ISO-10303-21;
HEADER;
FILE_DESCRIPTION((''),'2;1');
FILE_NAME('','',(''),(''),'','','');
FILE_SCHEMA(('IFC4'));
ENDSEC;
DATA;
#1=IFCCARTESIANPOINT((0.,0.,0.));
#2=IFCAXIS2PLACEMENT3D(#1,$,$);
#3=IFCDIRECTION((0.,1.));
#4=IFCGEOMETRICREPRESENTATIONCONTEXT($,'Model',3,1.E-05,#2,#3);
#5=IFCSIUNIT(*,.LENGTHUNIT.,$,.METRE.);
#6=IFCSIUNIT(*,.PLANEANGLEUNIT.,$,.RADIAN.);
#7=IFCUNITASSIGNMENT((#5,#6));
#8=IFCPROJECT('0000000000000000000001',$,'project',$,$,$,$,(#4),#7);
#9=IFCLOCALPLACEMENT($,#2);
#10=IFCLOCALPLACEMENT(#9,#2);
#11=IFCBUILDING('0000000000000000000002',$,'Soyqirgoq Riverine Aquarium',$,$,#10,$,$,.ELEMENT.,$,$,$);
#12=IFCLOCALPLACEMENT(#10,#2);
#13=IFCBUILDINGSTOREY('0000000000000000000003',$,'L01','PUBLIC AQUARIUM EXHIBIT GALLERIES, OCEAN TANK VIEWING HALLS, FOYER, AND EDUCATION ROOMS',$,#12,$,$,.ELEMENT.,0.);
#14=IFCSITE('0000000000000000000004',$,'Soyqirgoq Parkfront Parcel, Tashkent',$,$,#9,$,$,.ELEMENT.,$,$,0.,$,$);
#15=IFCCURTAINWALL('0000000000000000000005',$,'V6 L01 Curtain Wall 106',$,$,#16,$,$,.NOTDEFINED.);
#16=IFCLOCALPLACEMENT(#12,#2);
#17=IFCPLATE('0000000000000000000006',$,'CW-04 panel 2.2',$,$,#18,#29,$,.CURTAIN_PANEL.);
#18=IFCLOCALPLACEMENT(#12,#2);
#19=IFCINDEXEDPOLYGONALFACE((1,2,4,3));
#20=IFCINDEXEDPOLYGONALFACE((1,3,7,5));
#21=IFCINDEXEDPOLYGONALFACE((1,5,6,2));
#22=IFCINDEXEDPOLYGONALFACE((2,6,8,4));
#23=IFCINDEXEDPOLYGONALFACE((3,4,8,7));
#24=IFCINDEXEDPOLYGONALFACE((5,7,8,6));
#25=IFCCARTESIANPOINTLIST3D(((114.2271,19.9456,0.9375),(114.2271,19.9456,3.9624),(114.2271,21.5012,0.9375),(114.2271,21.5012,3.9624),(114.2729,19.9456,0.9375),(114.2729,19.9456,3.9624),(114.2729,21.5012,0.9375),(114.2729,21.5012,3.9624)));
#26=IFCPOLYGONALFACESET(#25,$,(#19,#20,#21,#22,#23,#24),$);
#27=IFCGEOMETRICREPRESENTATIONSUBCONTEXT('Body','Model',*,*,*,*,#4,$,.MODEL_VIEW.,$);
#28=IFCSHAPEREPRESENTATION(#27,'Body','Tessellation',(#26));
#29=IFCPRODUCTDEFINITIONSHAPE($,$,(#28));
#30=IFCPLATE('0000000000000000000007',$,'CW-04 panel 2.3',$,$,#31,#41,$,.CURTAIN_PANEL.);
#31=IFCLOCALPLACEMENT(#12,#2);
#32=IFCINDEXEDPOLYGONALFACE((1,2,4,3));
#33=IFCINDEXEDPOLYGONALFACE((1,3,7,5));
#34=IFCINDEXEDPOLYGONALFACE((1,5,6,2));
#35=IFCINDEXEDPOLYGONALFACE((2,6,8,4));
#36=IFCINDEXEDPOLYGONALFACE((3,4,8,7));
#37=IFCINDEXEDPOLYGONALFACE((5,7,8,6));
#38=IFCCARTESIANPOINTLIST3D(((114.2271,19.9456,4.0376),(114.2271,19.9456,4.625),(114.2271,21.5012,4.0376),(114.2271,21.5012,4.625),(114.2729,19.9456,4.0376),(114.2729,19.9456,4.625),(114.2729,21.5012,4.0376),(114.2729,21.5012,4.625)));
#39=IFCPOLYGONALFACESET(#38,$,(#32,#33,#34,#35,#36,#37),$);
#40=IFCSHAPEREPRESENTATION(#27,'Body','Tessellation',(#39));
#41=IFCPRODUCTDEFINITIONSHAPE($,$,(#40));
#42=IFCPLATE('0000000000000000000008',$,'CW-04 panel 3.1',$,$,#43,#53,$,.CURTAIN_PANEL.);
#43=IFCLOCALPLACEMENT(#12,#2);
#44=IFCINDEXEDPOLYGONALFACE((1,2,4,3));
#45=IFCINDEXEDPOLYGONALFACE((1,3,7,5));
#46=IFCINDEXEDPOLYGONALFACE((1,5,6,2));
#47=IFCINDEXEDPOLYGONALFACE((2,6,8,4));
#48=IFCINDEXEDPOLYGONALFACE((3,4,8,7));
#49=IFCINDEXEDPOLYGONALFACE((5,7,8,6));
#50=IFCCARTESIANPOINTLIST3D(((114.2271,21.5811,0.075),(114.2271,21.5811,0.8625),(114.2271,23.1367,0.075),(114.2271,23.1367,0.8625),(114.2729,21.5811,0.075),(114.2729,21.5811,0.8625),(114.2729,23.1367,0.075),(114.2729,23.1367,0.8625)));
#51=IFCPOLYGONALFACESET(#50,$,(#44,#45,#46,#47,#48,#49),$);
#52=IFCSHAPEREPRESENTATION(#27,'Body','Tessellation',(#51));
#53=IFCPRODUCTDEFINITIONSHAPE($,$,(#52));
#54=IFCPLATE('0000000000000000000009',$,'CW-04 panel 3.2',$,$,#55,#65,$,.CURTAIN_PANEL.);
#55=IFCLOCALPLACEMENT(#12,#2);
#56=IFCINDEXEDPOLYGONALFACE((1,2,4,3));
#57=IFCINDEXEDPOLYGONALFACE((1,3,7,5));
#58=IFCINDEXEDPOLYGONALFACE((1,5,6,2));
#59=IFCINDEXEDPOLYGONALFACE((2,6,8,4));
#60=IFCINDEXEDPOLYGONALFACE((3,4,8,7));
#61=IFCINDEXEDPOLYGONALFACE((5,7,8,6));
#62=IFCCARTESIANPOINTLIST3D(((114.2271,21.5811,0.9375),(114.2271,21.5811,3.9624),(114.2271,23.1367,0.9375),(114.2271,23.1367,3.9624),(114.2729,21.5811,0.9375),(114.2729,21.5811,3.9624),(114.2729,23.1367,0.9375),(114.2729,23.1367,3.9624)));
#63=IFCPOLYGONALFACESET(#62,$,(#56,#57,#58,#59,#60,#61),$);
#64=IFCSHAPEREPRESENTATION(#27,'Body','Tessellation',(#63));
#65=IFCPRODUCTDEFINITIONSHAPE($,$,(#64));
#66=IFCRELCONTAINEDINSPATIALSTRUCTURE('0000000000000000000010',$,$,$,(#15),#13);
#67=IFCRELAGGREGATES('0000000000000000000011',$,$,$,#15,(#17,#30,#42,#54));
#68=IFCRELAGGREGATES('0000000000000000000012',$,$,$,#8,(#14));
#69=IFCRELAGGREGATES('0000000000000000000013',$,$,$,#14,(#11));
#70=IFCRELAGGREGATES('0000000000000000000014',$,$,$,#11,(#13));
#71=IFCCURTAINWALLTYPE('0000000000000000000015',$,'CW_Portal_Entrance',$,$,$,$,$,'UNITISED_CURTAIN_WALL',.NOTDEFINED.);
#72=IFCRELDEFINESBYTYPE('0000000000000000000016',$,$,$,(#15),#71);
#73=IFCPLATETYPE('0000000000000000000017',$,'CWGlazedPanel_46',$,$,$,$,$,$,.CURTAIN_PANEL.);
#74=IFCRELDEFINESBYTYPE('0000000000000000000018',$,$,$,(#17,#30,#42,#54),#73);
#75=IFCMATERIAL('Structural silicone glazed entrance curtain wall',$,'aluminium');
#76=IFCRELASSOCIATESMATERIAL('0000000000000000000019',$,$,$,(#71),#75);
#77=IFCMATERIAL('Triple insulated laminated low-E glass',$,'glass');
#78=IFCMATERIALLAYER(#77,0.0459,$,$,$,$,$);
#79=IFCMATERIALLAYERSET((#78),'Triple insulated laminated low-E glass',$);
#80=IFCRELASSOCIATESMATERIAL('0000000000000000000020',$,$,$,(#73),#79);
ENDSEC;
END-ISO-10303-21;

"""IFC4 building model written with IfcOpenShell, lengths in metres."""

from ifc_helpers import new_model, si_unit, direction, frame, origin, origin_2d, place, context, subcontext, project, spatial, rectangle, extrude, material, layer, layer_set, type_object, element, aggregate, save


model = new_model("IFC4")

# Units and contexts
model_context = context("Model", 3, precision=1e-05, world=origin(), true_north=direction((0.0, 1.0)))
body_context = subcontext(model_context, "Body", "Model", "MODEL_VIEW")
ifc_project = project(units=[si_unit("LENGTHUNIT", "METRE"), si_unit("PLANEANGLEUNIT", "RADIAN")], contexts=[model_context])

# Site, building, storey
site_placement = place(None, origin())
site = spatial("IfcSite", under=ifc_project, at=site_placement, Name="Soyqirgoq Parkfront Parcel, Tashkent", CompositionType="ELEMENT", RefElevation=0.0)
building_placement = place(site_placement, origin())
building = spatial("IfcBuilding", under=site, at=building_placement, Name="Soyqirgoq Riverine Aquarium", CompositionType="ELEMENT")
storey_placement = place(building_placement, origin())
storey = spatial("IfcBuildingStorey", under=building, at=storey_placement, Name="L01", Description="PUBLIC AQUARIUM EXHIBIT GALLERIES, OCEAN TANK VIEWING HALLS, FOYER, AND EDUCATION ROOMS", CompositionType="ELEMENT", Elevation=0.0)

# Curtain wall
ifc_material_1 = material(Name="Structural silicone glazed entrance curtain wall", Category="aluminium")
curtain_wall_type = type_object("IfcCurtainWallType", Name="CW_Portal_Entrance", ElementType="UNITISED_CURTAIN_WALL", PredefinedType="NOTDEFINED", material=ifc_material_1)
curtain_wall_1_placement = place(storey_placement, origin())
curtain_wall_1 = element("IfcCurtainWall", 1, at=curtain_wall_1_placement, inside=storey, type_object=curtain_wall_type, Name="V6 L01 Curtain Wall 106", PredefinedType="NOTDEFINED")

# Plates
ifc_material_2 = material(Name="Triple insulated laminated low-E glass", Category="glass")
ifc_layer = layer(ifc_material_2, 0.0459)
ifc_layer_set = layer_set([ifc_layer], Name="Triple insulated laminated low-E glass")
plate_type = type_object("IfcPlateType", Name="CWGlazedPanel_46", PredefinedType="CURTAIN_PANEL", material=ifc_layer_set)
plate_1_placement = place(storey_placement, frame((114.25, 20.7234, 0.9375), z_axis=(0.0, 0.0, 1.0), x_axis=(0.0, 1.0, 0.0)))
plate_1 = element("IfcPlate", 2, at=plate_1_placement, type_object=plate_type, Name="CW-04 panel 2.2", PredefinedType="CURTAIN_PANEL", context=body_context, shape_type="SweptSolid", body=[
    extrude(rectangle(XDim=1.5557, YDim=0.0459, at=origin_2d()), origin(), (0.0, 0.0, 1.0), 3.0249),
])
plate_2_placement = place(storey_placement, frame((114.25, 20.7234, 4.0376), z_axis=(0.0, 0.0, 1.0), x_axis=(0.0, 1.0, 0.0)))
plate_2 = element("IfcPlate", 3, at=plate_2_placement, type_object=plate_type, Name="CW-04 panel 2.3", PredefinedType="CURTAIN_PANEL", context=body_context, shape_type="SweptSolid", body=[
    extrude(rectangle(XDim=1.5557, YDim=0.0459, at=origin_2d()), origin(), (0.0, 0.0, 1.0), 0.5874),
])
plate_3_placement = place(storey_placement, frame((114.25, 22.3589, 0.075), z_axis=(0.0, 0.0, 1.0), x_axis=(0.0, 1.0, 0.0)))
plate_3 = element("IfcPlate", 4, at=plate_3_placement, type_object=plate_type, Name="CW-04 panel 3.1", PredefinedType="CURTAIN_PANEL", context=body_context, shape_type="SweptSolid", body=[
    extrude(rectangle(XDim=1.5557, YDim=0.0459, at=origin_2d()), origin(), (0.0, 0.0, 1.0), 0.7876),
])
plate_4_placement = place(storey_placement, frame((114.25, 22.3589, 0.9375), z_axis=(0.0, 0.0, 1.0), x_axis=(0.0, 1.0, 0.0)))
plate_4 = element("IfcPlate", 5, at=plate_4_placement, type_object=plate_type, Name="CW-04 panel 3.2", PredefinedType="CURTAIN_PANEL", context=body_context, shape_type="SweptSolid", body=[
    extrude(rectangle(XDim=1.5557, YDim=0.0459, at=origin_2d()), origin(), (0.0, 0.0, 1.0), 3.0249),
])
aggregate(curtain_wall_1, [plate_1, plate_2, plate_3, plate_4])

save(model, "model.ifc")
